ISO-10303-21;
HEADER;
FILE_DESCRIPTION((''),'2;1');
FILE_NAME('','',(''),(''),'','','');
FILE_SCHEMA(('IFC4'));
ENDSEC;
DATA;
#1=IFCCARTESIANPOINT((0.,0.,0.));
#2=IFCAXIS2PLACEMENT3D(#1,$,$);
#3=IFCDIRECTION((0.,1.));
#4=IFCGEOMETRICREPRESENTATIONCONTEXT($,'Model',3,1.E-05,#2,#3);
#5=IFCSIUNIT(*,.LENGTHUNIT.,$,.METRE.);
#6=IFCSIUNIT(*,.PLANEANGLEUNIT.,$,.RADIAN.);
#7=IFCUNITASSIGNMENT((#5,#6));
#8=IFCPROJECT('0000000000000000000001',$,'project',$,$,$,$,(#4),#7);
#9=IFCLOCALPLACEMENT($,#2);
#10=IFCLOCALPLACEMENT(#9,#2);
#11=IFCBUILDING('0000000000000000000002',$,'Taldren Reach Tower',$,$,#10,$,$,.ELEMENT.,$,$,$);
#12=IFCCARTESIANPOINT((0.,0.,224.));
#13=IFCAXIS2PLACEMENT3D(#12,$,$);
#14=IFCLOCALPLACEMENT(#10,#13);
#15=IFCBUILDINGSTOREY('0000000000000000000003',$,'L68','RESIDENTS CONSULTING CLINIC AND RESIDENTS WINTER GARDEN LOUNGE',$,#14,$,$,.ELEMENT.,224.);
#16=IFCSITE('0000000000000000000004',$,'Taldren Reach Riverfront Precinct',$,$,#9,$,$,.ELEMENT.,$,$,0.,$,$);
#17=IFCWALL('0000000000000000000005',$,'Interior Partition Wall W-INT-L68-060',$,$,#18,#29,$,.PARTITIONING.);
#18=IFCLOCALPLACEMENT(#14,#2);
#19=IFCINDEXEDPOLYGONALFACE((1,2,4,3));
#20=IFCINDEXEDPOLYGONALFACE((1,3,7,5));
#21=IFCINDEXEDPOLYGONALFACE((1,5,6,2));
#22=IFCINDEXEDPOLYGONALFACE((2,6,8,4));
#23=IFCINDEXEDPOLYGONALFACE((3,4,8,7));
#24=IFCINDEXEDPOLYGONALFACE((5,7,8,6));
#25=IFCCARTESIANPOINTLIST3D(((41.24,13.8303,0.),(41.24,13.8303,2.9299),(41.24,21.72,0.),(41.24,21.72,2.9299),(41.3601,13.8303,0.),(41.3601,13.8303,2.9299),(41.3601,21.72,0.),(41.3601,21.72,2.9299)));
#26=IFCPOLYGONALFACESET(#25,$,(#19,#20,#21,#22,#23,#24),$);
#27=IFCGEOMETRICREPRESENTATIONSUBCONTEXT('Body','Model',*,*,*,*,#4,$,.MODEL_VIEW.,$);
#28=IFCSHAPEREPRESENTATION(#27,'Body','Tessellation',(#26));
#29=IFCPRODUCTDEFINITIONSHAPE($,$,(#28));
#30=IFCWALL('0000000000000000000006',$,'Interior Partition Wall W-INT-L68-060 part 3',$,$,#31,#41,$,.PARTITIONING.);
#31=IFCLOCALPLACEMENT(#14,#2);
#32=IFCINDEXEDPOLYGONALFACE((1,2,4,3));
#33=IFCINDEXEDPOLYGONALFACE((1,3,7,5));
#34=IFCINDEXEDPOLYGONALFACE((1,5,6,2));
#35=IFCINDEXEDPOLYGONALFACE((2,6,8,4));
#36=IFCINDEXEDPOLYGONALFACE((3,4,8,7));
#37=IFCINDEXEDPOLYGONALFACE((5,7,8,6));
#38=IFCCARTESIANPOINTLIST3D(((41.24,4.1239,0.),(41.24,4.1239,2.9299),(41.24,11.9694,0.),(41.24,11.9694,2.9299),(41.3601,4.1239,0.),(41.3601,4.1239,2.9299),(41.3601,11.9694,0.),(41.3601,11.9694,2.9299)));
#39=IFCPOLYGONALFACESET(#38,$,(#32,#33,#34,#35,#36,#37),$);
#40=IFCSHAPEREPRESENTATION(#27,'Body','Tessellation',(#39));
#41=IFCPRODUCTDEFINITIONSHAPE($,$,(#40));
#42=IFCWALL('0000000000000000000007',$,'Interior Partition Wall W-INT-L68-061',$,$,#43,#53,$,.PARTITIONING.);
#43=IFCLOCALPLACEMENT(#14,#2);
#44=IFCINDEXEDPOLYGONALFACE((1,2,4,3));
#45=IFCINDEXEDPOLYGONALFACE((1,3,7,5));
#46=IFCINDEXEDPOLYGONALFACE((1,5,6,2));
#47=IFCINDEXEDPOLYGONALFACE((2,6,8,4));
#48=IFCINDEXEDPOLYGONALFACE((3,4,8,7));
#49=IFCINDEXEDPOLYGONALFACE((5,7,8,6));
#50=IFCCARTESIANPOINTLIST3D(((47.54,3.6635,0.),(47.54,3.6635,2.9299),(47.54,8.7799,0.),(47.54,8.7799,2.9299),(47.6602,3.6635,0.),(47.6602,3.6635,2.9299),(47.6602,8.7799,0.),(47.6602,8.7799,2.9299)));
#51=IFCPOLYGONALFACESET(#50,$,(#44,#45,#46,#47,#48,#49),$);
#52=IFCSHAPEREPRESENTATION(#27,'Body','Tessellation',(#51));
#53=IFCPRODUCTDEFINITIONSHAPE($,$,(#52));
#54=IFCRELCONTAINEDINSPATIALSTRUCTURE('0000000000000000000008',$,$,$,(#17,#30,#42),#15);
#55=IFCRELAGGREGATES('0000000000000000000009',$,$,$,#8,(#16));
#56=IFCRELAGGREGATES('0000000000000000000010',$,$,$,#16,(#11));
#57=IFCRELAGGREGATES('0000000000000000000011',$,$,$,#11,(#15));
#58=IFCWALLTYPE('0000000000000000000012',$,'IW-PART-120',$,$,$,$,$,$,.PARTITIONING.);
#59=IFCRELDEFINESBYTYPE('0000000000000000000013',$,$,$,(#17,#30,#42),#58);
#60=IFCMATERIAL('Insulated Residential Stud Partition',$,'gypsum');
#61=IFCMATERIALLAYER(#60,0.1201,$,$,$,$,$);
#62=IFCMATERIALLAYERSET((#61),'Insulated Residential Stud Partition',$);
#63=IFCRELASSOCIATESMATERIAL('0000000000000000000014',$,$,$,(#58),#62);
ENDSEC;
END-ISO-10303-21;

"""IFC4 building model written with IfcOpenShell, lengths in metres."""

from ifc_helpers import new_model, si_unit, direction, frame, frame_2d, origin, place, context, subcontext, project, spatial, rectangle, extrude, source, transform, mapped, material, layer, layer_set, type_object, element, save


model = new_model("IFC4")

# Units and contexts
model_context = context("Model", 3, precision=1e-05, world=origin(), true_north=direction((0.0, 1.0)))
body_context = subcontext(model_context, "Body", "Model", "MODEL_VIEW")
ifc_project = project(units=[si_unit("LENGTHUNIT", "METRE"), si_unit("PLANEANGLEUNIT", "RADIAN")], contexts=[model_context])

# Site, building, storey
site_placement = place(None, origin())
site = spatial("IfcSite", under=ifc_project, at=site_placement, Name="Taldren Reach Riverfront Precinct", CompositionType="ELEMENT", RefElevation=0.0)
building_placement = place(site_placement, origin())
building = spatial("IfcBuilding", under=site, at=building_placement, Name="Taldren Reach Tower", CompositionType="ELEMENT")
storey_placement = place(building_placement, frame((0.0, 0.0, 224.0)))
storey = spatial("IfcBuildingStorey", under=building, at=storey_placement, Name="L68", Description="RESIDENTS CONSULTING CLINIC AND RESIDENTS WINTER GARDEN LOUNGE", CompositionType="ELEMENT", Elevation=224.0)

# Shared definitions
ifc_material_1 = material(Name="Insulated Residential Stud Partition", Category="gypsum")
ifc_layer_1 = layer(ifc_material_1, 0.1201)
ifc_layer_set_1 = layer_set([ifc_layer_1], Name="Insulated Residential Stud Partition")
wall_type_1 = type_object("IfcWallType", Name="IW-PART-120", PredefinedType="PARTITIONING", material=ifc_layer_set_1)

# Walls
shared_shape_1 = source(origin(), body_context, "Body", "SweptSolid", [
    extrude(rectangle(XDim=7.8896, YDim=0.1201, at=frame_2d((3.9448, 0.0))), origin(), (0.0, 0.0, 1.0), 2.9299),
])
wall_1_placement = place(storey_placement, frame((41.3, 21.72, 0.0), z_axis=(0.0, 0.0, 1.0), x_axis=(0.0, -1.0, 0.0)))
element("IfcWall", 1, at=wall_1_placement, inside=storey, type_object=wall_type_1, Name="Interior Partition Wall W-INT-L68-060", PredefinedType="PARTITIONING", context=body_context, shape_type="MappedRepresentation", body=[
    mapped(shared_shape_1, transform((0.0, 0.0, 0.0), scale=1.0)),
])
shared_shape_2 = source(origin(), body_context, "Body", "SweptSolid", [
    extrude(rectangle(XDim=7.8455, YDim=0.1201, at=frame_2d((3.9229, 0.0))), origin(), (0.0, 0.0, 1.0), 2.9299),
])
wall_2_placement = place(storey_placement, frame((41.3, 11.9695, 0.0), z_axis=(0.0, 0.0, 1.0), x_axis=(0.0, -1.0, 0.0)))
element("IfcWall", 2, at=wall_2_placement, inside=storey, type_object=wall_type_1, Name="Interior Partition Wall W-INT-L68-060 part 3", PredefinedType="PARTITIONING", context=body_context, shape_type="MappedRepresentation", body=[
    mapped(shared_shape_2, transform((0.0, 0.0, 0.0), scale=1.0)),
])
shared_shape_3 = source(origin(), body_context, "Body", "SweptSolid", [
    extrude(rectangle(XDim=5.1165, YDim=0.1201, at=frame_2d((2.5581, 0.0))), origin(), (0.0, 0.0, 1.0), 2.9299),
])
wall_3_placement = place(storey_placement, frame((47.6001, 8.7798, 0.0), z_axis=(0.0, 0.0, 1.0), x_axis=(0.0, -1.0, 0.0)))
element("IfcWall", 3, at=wall_3_placement, inside=storey, type_object=wall_type_1, Name="Interior Partition Wall W-INT-L68-061", PredefinedType="PARTITIONING", context=body_context, shape_type="MappedRepresentation", body=[
    mapped(shared_shape_3, transform((0.0, 0.0, 0.0), scale=1.0)),
])

save(model, "model.ifc")
